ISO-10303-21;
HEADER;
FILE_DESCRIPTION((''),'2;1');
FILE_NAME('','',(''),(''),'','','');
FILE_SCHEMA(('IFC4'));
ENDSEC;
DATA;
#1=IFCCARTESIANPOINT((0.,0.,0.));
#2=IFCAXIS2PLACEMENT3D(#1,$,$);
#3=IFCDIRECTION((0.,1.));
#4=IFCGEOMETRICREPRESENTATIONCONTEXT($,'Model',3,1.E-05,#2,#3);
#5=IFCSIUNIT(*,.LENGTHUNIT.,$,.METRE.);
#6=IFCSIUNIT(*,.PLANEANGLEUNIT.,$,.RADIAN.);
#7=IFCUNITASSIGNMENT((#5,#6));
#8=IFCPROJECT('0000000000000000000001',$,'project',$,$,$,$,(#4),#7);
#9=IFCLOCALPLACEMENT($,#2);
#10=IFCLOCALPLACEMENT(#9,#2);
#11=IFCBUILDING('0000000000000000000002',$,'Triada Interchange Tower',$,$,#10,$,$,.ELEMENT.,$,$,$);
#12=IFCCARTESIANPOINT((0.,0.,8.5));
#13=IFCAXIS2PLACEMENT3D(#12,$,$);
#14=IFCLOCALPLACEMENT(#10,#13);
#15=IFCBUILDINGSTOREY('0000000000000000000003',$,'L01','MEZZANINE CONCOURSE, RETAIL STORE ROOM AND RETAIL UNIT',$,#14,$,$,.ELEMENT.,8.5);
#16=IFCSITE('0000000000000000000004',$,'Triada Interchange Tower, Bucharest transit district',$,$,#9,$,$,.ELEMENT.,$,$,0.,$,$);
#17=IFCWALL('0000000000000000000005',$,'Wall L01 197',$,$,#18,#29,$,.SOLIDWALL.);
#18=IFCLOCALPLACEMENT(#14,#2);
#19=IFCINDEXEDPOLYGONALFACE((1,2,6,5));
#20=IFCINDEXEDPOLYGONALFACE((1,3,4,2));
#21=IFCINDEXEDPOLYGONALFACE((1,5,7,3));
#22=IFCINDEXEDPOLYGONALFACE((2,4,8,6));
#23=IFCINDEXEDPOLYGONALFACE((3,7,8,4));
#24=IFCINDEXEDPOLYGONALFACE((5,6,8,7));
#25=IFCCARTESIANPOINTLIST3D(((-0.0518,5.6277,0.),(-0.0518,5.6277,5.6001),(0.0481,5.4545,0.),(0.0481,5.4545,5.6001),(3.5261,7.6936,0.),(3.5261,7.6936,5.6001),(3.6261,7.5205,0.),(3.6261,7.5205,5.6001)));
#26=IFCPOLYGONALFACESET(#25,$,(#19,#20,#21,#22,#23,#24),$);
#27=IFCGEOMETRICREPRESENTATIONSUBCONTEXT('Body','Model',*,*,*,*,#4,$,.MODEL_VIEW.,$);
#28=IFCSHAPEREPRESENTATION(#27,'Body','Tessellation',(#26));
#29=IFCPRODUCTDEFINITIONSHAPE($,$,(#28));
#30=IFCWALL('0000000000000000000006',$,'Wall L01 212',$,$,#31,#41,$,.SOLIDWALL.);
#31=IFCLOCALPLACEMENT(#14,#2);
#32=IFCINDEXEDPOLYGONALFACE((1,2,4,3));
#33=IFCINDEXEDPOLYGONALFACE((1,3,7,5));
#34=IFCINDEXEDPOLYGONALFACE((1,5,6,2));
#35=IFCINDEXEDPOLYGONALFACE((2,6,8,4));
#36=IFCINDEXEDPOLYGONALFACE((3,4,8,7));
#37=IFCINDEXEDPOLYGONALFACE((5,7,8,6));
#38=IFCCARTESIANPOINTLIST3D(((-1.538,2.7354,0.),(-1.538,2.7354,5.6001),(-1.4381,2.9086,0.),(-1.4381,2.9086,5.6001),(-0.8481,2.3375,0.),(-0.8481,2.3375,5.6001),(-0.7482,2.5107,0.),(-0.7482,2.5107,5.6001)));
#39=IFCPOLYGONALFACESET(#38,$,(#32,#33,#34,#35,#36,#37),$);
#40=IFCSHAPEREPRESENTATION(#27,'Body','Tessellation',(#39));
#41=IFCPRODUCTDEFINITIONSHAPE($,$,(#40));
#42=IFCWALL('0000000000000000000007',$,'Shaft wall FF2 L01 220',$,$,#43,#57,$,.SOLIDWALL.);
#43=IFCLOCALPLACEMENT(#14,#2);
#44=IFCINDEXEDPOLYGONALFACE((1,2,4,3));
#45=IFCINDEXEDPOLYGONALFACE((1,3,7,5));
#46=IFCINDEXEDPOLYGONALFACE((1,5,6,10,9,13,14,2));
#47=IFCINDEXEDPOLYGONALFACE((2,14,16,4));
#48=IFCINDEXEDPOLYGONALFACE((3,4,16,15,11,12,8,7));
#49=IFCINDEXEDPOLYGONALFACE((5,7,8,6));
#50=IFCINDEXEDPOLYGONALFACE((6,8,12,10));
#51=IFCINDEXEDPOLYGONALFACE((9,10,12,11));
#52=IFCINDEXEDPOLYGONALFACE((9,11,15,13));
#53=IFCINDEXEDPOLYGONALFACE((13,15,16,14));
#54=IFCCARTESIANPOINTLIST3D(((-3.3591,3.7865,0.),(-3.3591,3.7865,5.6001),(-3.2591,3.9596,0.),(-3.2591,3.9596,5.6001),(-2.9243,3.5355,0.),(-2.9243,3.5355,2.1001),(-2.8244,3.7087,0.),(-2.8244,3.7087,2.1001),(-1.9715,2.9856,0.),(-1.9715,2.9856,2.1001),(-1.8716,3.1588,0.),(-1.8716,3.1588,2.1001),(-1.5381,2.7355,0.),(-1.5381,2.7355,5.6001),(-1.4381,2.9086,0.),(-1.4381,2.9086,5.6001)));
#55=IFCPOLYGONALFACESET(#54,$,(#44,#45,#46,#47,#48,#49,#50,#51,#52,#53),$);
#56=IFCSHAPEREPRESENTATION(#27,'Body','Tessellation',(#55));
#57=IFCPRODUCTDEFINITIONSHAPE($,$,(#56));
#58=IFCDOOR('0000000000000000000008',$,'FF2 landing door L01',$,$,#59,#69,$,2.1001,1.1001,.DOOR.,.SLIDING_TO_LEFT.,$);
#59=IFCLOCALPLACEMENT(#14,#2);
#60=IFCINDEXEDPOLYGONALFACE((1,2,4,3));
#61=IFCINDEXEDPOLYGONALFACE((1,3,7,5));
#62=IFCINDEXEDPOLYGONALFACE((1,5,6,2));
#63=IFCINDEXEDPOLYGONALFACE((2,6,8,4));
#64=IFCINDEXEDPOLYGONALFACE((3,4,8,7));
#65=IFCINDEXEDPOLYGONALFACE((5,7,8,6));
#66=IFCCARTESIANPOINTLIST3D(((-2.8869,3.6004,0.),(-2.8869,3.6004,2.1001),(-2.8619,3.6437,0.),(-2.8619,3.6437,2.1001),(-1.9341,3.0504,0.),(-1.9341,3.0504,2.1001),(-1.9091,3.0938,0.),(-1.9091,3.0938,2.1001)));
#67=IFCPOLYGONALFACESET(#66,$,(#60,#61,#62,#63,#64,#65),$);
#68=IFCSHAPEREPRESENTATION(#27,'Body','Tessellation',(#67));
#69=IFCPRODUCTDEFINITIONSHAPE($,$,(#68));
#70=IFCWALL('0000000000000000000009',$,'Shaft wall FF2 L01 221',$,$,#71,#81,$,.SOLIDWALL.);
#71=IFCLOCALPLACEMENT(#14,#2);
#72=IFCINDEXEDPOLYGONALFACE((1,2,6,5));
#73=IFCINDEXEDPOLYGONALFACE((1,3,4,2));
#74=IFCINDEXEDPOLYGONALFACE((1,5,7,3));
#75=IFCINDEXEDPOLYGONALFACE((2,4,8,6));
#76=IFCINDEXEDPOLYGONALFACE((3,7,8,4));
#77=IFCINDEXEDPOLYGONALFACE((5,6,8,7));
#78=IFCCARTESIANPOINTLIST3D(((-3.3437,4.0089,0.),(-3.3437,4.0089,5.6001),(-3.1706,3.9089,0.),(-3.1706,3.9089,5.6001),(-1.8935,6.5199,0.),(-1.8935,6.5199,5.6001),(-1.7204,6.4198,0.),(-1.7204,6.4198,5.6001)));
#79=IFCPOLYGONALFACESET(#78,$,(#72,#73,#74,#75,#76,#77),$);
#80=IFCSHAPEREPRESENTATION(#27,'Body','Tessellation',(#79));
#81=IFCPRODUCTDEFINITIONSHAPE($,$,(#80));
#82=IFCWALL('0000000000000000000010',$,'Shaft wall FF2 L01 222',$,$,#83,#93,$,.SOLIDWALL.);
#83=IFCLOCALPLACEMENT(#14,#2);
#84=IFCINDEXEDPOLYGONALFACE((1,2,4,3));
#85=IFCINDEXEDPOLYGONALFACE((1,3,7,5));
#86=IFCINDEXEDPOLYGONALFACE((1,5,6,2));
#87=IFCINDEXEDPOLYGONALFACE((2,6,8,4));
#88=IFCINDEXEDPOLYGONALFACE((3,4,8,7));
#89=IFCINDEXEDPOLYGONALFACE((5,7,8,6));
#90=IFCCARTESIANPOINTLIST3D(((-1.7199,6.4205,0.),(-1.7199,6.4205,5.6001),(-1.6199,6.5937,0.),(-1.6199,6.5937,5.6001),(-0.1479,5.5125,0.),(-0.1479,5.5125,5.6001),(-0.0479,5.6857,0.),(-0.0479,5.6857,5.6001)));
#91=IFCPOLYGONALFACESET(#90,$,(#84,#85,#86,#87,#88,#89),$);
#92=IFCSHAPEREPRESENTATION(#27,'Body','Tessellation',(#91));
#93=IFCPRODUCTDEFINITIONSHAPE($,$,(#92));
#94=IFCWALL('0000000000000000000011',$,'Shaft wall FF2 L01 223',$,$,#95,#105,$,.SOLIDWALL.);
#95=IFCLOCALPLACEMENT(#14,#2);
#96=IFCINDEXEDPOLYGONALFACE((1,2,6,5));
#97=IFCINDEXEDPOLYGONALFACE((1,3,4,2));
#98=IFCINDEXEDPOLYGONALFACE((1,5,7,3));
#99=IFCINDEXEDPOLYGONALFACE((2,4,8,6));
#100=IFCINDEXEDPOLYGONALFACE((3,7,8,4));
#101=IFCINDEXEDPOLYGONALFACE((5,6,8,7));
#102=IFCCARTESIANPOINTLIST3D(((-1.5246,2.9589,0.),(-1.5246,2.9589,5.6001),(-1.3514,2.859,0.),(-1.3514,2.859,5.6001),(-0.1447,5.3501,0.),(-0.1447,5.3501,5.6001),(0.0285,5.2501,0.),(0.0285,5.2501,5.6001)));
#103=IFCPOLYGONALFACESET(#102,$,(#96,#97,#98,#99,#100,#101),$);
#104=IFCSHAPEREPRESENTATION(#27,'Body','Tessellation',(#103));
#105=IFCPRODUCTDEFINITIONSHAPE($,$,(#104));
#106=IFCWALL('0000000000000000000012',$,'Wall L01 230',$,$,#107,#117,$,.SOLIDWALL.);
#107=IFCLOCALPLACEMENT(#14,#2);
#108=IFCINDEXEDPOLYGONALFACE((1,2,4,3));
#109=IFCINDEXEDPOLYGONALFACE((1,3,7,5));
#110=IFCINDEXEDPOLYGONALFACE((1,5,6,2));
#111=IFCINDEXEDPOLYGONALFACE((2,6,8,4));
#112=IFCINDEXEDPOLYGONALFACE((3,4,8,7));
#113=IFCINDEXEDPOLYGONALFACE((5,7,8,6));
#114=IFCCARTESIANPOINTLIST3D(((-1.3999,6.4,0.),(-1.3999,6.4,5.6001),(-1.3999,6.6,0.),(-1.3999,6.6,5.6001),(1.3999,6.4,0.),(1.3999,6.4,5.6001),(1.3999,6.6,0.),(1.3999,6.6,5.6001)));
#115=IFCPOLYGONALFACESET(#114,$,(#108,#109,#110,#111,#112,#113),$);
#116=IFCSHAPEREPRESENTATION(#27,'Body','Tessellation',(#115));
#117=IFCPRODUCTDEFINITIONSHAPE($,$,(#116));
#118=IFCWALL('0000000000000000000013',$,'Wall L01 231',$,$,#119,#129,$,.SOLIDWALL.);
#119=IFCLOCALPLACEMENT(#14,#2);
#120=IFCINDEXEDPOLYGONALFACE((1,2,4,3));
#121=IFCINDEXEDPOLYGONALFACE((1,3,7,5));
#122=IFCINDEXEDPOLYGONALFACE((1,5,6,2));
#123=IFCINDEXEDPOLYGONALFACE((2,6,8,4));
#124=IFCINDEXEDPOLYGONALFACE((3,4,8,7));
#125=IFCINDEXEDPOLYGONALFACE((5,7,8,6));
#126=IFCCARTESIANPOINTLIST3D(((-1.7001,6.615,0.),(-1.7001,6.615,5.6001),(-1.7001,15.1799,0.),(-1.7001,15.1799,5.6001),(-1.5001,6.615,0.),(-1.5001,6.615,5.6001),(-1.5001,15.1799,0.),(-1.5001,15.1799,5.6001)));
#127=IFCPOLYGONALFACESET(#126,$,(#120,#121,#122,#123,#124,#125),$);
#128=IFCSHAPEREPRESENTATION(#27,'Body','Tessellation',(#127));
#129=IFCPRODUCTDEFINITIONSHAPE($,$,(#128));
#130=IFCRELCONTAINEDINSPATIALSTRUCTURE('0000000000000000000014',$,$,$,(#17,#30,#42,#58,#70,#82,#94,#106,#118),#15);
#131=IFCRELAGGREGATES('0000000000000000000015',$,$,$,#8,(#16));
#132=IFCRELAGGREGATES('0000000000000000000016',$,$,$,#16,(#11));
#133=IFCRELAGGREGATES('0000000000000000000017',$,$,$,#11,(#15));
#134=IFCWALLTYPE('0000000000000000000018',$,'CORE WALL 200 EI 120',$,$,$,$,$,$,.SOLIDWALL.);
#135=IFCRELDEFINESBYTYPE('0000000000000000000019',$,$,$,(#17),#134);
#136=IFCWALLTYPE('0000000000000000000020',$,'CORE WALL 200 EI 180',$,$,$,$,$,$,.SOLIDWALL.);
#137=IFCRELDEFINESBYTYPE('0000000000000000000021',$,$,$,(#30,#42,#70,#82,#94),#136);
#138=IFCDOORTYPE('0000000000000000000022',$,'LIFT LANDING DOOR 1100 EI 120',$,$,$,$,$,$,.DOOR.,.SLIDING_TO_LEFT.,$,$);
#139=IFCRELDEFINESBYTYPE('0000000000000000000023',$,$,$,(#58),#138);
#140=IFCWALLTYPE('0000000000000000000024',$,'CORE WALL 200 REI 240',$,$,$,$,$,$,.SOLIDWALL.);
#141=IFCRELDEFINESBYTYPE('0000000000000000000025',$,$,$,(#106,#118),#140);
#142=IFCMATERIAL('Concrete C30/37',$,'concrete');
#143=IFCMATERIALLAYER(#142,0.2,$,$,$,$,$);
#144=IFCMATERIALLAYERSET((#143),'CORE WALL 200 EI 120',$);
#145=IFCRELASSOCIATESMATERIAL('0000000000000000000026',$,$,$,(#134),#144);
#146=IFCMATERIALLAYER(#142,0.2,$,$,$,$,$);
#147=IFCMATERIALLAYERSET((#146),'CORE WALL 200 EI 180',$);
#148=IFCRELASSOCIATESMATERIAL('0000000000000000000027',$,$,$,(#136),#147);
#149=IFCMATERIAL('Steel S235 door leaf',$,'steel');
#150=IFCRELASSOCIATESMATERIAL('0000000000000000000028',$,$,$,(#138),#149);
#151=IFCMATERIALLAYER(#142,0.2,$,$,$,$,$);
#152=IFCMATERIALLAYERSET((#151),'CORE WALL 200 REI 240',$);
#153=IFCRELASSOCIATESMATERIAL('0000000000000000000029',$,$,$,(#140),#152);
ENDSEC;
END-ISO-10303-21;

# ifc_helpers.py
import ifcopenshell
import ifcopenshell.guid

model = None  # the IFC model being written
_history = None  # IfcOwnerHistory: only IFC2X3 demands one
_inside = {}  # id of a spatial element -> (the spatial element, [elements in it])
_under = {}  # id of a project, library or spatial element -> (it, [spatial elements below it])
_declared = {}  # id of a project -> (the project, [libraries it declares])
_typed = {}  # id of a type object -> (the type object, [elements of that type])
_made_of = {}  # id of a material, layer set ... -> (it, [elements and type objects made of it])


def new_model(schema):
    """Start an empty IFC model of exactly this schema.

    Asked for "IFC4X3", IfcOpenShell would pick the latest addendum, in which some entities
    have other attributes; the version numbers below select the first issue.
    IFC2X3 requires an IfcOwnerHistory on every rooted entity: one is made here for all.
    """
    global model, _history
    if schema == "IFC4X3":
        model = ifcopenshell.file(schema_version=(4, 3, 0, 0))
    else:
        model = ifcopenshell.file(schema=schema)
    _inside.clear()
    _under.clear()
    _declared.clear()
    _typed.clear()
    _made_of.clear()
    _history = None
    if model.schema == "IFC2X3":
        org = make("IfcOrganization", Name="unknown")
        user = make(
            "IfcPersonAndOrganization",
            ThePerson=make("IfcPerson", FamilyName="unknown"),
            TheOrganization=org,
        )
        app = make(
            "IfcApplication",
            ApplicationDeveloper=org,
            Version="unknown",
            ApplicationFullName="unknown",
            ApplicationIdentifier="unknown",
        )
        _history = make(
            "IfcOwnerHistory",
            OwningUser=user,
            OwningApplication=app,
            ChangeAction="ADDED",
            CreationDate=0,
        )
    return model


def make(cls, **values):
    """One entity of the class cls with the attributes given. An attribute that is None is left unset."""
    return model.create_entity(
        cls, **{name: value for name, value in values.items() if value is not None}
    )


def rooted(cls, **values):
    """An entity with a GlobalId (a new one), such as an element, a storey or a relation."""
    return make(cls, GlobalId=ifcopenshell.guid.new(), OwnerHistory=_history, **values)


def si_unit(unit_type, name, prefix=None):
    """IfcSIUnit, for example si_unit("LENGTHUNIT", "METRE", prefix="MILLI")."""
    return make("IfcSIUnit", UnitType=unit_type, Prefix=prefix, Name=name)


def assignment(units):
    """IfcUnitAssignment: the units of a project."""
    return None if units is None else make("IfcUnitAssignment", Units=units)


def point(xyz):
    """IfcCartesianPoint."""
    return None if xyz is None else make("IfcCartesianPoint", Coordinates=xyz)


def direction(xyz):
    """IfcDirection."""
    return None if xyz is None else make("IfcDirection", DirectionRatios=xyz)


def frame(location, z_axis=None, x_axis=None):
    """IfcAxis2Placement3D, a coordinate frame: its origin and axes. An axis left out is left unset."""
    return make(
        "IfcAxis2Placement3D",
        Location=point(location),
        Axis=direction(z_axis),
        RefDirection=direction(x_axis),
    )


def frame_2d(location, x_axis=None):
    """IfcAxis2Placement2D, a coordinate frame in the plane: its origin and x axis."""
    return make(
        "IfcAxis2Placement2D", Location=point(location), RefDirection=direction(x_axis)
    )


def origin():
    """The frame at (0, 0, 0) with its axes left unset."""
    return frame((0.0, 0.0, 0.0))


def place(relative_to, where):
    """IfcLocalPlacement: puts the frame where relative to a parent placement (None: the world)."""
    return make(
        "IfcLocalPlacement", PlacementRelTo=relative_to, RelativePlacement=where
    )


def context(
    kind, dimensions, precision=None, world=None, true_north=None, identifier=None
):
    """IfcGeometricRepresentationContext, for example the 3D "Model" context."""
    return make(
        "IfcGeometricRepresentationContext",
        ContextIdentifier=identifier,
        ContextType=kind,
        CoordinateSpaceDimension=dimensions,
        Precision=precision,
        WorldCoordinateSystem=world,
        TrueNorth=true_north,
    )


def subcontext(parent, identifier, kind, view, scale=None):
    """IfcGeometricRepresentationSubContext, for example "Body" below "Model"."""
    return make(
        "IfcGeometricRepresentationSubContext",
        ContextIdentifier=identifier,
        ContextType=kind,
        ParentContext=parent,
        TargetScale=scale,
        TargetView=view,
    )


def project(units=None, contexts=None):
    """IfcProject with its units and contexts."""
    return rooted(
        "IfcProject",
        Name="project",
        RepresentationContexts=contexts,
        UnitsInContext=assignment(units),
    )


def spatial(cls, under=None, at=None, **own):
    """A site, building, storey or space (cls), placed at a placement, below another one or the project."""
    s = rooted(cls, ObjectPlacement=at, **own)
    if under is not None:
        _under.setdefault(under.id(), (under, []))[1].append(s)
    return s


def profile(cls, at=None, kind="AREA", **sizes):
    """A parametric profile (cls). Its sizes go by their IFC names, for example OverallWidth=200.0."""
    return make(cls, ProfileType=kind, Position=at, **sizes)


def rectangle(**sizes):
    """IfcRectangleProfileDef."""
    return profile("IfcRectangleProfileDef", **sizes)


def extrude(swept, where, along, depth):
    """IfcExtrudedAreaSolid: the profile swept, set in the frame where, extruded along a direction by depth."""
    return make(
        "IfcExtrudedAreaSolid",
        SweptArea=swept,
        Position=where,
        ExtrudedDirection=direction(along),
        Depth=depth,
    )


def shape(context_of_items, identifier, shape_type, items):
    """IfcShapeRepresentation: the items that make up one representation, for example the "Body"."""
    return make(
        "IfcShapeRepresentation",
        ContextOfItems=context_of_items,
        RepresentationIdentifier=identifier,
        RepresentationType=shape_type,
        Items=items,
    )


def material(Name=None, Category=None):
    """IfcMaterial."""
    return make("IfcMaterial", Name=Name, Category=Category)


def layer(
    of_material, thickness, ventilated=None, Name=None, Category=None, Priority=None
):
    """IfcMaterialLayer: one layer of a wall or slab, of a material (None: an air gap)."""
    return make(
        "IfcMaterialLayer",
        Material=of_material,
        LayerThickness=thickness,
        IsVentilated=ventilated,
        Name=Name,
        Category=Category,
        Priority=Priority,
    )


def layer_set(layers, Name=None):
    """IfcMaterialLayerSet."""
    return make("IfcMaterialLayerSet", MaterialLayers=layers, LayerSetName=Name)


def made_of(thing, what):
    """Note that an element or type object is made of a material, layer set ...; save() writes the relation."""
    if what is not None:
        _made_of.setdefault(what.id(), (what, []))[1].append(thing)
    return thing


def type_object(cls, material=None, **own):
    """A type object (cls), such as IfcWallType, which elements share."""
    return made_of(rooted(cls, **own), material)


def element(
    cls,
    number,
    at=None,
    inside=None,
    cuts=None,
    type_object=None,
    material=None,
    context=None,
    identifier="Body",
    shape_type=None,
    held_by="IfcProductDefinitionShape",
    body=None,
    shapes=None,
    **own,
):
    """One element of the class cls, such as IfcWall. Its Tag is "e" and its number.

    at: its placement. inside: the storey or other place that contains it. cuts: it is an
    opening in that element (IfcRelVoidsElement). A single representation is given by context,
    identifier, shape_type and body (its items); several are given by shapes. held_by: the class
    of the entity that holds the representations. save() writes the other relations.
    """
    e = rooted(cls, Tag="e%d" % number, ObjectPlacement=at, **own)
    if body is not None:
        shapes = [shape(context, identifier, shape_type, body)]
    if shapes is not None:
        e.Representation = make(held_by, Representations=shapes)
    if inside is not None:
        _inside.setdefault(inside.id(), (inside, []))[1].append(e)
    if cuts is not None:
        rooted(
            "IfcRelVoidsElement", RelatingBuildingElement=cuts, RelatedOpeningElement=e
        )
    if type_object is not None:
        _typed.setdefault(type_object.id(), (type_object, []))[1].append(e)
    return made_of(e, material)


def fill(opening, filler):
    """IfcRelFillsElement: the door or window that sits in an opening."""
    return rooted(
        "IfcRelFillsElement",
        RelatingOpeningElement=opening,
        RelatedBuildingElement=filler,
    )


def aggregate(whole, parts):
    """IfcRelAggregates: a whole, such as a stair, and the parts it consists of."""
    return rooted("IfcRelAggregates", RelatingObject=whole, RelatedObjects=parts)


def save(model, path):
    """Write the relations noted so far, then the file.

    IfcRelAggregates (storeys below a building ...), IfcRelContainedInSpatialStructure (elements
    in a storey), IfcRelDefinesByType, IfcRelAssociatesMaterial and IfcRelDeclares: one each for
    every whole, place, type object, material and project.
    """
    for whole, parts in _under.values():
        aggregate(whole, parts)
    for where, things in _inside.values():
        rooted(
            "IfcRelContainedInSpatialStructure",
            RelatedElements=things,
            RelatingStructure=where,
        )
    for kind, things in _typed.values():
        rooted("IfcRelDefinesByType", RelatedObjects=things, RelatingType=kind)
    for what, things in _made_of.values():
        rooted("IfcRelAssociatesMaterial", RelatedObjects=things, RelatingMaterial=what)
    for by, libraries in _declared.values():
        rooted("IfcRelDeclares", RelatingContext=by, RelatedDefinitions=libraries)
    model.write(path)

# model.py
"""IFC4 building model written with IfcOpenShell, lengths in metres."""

from ifc_helpers import new_model, si_unit, direction, frame, frame_2d, origin, place, context, subcontext, project, spatial, rectangle, extrude, material, layer, layer_set, type_object, element, fill, save


model = new_model("IFC4")

# Units and contexts
model_context = context("Model", 3, precision=1e-05, world=origin(), true_north=direction((0.0, 1.0)))
body_context = subcontext(model_context, "Body", "Model", "MODEL_VIEW")
ifc_project = project(units=[si_unit("LENGTHUNIT", "METRE"), si_unit("PLANEANGLEUNIT", "RADIAN")], contexts=[model_context])

# Site, building, storey
site_placement = place(None, origin())
site = spatial("IfcSite", under=ifc_project, at=site_placement, Name="Triada Interchange Tower, Bucharest transit district", CompositionType="ELEMENT", RefElevation=0.0)
building_placement = place(site_placement, origin())
building = spatial("IfcBuilding", under=site, at=building_placement, Name="Triada Interchange Tower", CompositionType="ELEMENT")
storey_placement = place(building_placement, frame((0.0, 0.0, 8.5)))
storey = spatial("IfcBuildingStorey", under=building, at=storey_placement, Name="L01", Description="MEZZANINE CONCOURSE, RETAIL STORE ROOM AND RETAIL UNIT", CompositionType="ELEMENT", Elevation=8.5)

# Walls
ifc_material_1 = material(Name="Concrete C30/37", Category="concrete")
ifc_layer_1 = layer(ifc_material_1, 0.2)
ifc_layer_set_1 = layer_set([ifc_layer_1], Name="CORE WALL 200 EI 120")
wall_type_1 = type_object("IfcWallType", Name="CORE WALL 200 EI 120", PredefinedType="SOLIDWALL", material=ifc_layer_set_1)
wall_1_placement = place(storey_placement, frame((-0.002, 5.541, 0.0), z_axis=(0.0, 0.0, 1.0), x_axis=(0.866002, 0.500041, 0.0)))
element("IfcWall", 1, at=wall_1_placement, inside=storey, type_object=wall_type_1, Name="Wall L01 197", PredefinedType="SOLIDWALL", context=body_context, shape_type="SweptSolid", body=[
    extrude(rectangle(XDim=4.1316, YDim=0.2, at=frame_2d((2.0659, 0.0))), origin(), (0.0, 0.0, 1.0), 5.6001),
])
ifc_layer_2 = layer(ifc_material_1, 0.2)
ifc_layer_set_2 = layer_set([ifc_layer_2], Name="CORE WALL 200 EI 180")
wall_type_2 = type_object("IfcWallType", Name="CORE WALL 200 EI 180", PredefinedType="SOLIDWALL", material=ifc_layer_set_2)
wall_2_placement = place(storey_placement, frame((-1.488, 2.822, 0.0), z_axis=(0.0, 0.0, 1.0), x_axis=(0.866237, -0.499634, 0.0)))
element("IfcWall", 2, at=wall_2_placement, inside=storey, type_object=wall_type_2, Name="Wall L01 212", PredefinedType="SOLIDWALL", context=body_context, shape_type="SweptSolid", body=[
    extrude(rectangle(XDim=0.7964, YDim=0.2, at=frame_2d((0.3982, 0.0))), origin(), (0.0, 0.0, 1.0), 5.6001),
])

# Wall, opening, door
wall_3_placement = place(storey_placement, frame((-3.3091, 3.873, 0.0), z_axis=(0.0, 0.0, 1.0), x_axis=(0.866099, -0.499873, 0.0)))
wall_3 = element("IfcWall", 3, at=wall_3_placement, inside=storey, type_object=wall_type_2, Name="Shaft wall FF2 L01 220", PredefinedType="SOLIDWALL", context=body_context, shape_type="SweptSolid", body=[
    extrude(rectangle(XDim=2.1025, YDim=0.2, at=frame_2d((1.0513, 0.0))), origin(), (0.0, 0.0, 1.0), 5.6001),
])
opening_placement = place(wall_3_placement, frame((0.502, 0.0, 0.0)))
opening = element("IfcOpeningElement", 4, at=opening_placement, cuts=wall_3, PredefinedType="OPENING", context=body_context, shape_type="SweptSolid", body=[
    extrude(rectangle(XDim=1.1001, YDim=2.1001, at=frame_2d((0.55, 1.05))), frame((0.0, 0.1099, 0.0), z_axis=(0.0, -1.0, 0.0), x_axis=(1.0, 0.0, 0.0)), (0.0, 0.0, 1.0), 0.22),
])
ifc_material_2 = material(Name="Steel S235 door leaf", Category="steel")
door_type = type_object("IfcDoorType", Name="LIFT LANDING DOOR 1100 EI 120", OperationType="SLIDING_TO_LEFT", PredefinedType="DOOR", material=ifc_material_2)
door_placement = place(opening_placement, origin())
door = element("IfcDoor", 5, at=door_placement, inside=storey, type_object=door_type, Name="FF2 landing door L01", OperationType="SLIDING_TO_LEFT", OverallHeight=2.1001, OverallWidth=1.1001, PredefinedType="DOOR", context=body_context, shape_type="SweptSolid", body=[
    extrude(rectangle(XDim=1.1001, YDim=2.1001, at=frame_2d((0.55, 1.05))), frame((0.0, 0.0249, 0.0), z_axis=(0.0, -1.0, 0.0), x_axis=(1.0, 0.0, 0.0)), (0.0, 0.0, 1.0), 0.05),
])
fill(opening, door)

# Walls
wall_4_placement = place(storey_placement, frame((-3.2571, 3.959, 0.0), z_axis=(0.0, 0.0, 1.0), x_axis=(0.500123, 0.865954, 0.0)))
element("IfcWall", 6, at=wall_4_placement, inside=storey, type_object=wall_type_2, Name="Shaft wall FF2 L01 221", PredefinedType="SOLIDWALL", context=body_context, shape_type="SweptSolid", body=[
    extrude(rectangle(XDim=2.8997, YDim=0.2, at=frame_2d((1.4497, 0.0))), origin(), (0.0, 0.0, 1.0), 5.6001),
])
wall_5_placement = place(storey_placement, frame((-1.6699, 6.5071, 0.0), z_axis=(0.0, 0.0, 1.0), x_axis=(0.865941, -0.500145, 0.0)))
element("IfcWall", 7, at=wall_5_placement, inside=storey, type_object=wall_type_2, Name="Shaft wall FF2 L01 222", PredefinedType="SOLIDWALL", context=body_context, shape_type="SweptSolid", body=[
    extrude(rectangle(XDim=1.8154, YDim=0.2, at=frame_2d((0.9077, 0.0))), origin(), (0.0, 0.0, 1.0), 5.6001),
])
wall_6_placement = place(storey_placement, frame((-1.438, 2.9089, 0.0), z_axis=(0.0, 0.0, 1.0), x_axis=(0.49983, 0.866124, 0.0)))
element("IfcWall", 8, at=wall_6_placement, inside=storey, type_object=wall_type_2, Name="Shaft wall FF2 L01 223", PredefinedType="SOLIDWALL", context=body_context, shape_type="SweptSolid", body=[
    extrude(rectangle(XDim=2.7607, YDim=0.2, at=frame_2d((1.3804, 0.0))), origin(), (0.0, 0.0, 1.0), 5.6001),
])
ifc_layer_3 = layer(ifc_material_1, 0.2)
ifc_layer_set_3 = layer_set([ifc_layer_3], Name="CORE WALL 200 REI 240")
wall_type_3 = type_object("IfcWallType", Name="CORE WALL 200 REI 240", PredefinedType="SOLIDWALL", material=ifc_layer_set_3)
wall_7_placement = place(storey_placement, frame((-1.3999, 6.5, 0.0), z_axis=(0.0, 0.0, 1.0), x_axis=(1.0, 0.0, 0.0)))
element("IfcWall", 9, at=wall_7_placement, inside=storey, type_object=wall_type_3, Name="Wall L01 230", PredefinedType="SOLIDWALL", context=body_context, shape_type="SweptSolid", body=[
    extrude(rectangle(XDim=2.7998, YDim=0.2, at=frame_2d((1.3999, 0.0))), origin(), (0.0, 0.0, 1.0), 5.6001),
])
wall_8_placement = place(storey_placement, frame((-1.6001, 6.615, 0.0), z_axis=(0.0, 0.0, 1.0), x_axis=(0.0, 1.0, 0.0)))
element("IfcWall", 10, at=wall_8_placement, inside=storey, type_object=wall_type_3, Name="Wall L01 231", PredefinedType="SOLIDWALL", context=body_context, shape_type="SweptSolid", body=[
    extrude(rectangle(XDim=8.5649, YDim=0.2, at=frame_2d((4.2825, 0.0))), origin(), (0.0, 0.0, 1.0), 5.6001),
])

save(model, "model.ifc")
